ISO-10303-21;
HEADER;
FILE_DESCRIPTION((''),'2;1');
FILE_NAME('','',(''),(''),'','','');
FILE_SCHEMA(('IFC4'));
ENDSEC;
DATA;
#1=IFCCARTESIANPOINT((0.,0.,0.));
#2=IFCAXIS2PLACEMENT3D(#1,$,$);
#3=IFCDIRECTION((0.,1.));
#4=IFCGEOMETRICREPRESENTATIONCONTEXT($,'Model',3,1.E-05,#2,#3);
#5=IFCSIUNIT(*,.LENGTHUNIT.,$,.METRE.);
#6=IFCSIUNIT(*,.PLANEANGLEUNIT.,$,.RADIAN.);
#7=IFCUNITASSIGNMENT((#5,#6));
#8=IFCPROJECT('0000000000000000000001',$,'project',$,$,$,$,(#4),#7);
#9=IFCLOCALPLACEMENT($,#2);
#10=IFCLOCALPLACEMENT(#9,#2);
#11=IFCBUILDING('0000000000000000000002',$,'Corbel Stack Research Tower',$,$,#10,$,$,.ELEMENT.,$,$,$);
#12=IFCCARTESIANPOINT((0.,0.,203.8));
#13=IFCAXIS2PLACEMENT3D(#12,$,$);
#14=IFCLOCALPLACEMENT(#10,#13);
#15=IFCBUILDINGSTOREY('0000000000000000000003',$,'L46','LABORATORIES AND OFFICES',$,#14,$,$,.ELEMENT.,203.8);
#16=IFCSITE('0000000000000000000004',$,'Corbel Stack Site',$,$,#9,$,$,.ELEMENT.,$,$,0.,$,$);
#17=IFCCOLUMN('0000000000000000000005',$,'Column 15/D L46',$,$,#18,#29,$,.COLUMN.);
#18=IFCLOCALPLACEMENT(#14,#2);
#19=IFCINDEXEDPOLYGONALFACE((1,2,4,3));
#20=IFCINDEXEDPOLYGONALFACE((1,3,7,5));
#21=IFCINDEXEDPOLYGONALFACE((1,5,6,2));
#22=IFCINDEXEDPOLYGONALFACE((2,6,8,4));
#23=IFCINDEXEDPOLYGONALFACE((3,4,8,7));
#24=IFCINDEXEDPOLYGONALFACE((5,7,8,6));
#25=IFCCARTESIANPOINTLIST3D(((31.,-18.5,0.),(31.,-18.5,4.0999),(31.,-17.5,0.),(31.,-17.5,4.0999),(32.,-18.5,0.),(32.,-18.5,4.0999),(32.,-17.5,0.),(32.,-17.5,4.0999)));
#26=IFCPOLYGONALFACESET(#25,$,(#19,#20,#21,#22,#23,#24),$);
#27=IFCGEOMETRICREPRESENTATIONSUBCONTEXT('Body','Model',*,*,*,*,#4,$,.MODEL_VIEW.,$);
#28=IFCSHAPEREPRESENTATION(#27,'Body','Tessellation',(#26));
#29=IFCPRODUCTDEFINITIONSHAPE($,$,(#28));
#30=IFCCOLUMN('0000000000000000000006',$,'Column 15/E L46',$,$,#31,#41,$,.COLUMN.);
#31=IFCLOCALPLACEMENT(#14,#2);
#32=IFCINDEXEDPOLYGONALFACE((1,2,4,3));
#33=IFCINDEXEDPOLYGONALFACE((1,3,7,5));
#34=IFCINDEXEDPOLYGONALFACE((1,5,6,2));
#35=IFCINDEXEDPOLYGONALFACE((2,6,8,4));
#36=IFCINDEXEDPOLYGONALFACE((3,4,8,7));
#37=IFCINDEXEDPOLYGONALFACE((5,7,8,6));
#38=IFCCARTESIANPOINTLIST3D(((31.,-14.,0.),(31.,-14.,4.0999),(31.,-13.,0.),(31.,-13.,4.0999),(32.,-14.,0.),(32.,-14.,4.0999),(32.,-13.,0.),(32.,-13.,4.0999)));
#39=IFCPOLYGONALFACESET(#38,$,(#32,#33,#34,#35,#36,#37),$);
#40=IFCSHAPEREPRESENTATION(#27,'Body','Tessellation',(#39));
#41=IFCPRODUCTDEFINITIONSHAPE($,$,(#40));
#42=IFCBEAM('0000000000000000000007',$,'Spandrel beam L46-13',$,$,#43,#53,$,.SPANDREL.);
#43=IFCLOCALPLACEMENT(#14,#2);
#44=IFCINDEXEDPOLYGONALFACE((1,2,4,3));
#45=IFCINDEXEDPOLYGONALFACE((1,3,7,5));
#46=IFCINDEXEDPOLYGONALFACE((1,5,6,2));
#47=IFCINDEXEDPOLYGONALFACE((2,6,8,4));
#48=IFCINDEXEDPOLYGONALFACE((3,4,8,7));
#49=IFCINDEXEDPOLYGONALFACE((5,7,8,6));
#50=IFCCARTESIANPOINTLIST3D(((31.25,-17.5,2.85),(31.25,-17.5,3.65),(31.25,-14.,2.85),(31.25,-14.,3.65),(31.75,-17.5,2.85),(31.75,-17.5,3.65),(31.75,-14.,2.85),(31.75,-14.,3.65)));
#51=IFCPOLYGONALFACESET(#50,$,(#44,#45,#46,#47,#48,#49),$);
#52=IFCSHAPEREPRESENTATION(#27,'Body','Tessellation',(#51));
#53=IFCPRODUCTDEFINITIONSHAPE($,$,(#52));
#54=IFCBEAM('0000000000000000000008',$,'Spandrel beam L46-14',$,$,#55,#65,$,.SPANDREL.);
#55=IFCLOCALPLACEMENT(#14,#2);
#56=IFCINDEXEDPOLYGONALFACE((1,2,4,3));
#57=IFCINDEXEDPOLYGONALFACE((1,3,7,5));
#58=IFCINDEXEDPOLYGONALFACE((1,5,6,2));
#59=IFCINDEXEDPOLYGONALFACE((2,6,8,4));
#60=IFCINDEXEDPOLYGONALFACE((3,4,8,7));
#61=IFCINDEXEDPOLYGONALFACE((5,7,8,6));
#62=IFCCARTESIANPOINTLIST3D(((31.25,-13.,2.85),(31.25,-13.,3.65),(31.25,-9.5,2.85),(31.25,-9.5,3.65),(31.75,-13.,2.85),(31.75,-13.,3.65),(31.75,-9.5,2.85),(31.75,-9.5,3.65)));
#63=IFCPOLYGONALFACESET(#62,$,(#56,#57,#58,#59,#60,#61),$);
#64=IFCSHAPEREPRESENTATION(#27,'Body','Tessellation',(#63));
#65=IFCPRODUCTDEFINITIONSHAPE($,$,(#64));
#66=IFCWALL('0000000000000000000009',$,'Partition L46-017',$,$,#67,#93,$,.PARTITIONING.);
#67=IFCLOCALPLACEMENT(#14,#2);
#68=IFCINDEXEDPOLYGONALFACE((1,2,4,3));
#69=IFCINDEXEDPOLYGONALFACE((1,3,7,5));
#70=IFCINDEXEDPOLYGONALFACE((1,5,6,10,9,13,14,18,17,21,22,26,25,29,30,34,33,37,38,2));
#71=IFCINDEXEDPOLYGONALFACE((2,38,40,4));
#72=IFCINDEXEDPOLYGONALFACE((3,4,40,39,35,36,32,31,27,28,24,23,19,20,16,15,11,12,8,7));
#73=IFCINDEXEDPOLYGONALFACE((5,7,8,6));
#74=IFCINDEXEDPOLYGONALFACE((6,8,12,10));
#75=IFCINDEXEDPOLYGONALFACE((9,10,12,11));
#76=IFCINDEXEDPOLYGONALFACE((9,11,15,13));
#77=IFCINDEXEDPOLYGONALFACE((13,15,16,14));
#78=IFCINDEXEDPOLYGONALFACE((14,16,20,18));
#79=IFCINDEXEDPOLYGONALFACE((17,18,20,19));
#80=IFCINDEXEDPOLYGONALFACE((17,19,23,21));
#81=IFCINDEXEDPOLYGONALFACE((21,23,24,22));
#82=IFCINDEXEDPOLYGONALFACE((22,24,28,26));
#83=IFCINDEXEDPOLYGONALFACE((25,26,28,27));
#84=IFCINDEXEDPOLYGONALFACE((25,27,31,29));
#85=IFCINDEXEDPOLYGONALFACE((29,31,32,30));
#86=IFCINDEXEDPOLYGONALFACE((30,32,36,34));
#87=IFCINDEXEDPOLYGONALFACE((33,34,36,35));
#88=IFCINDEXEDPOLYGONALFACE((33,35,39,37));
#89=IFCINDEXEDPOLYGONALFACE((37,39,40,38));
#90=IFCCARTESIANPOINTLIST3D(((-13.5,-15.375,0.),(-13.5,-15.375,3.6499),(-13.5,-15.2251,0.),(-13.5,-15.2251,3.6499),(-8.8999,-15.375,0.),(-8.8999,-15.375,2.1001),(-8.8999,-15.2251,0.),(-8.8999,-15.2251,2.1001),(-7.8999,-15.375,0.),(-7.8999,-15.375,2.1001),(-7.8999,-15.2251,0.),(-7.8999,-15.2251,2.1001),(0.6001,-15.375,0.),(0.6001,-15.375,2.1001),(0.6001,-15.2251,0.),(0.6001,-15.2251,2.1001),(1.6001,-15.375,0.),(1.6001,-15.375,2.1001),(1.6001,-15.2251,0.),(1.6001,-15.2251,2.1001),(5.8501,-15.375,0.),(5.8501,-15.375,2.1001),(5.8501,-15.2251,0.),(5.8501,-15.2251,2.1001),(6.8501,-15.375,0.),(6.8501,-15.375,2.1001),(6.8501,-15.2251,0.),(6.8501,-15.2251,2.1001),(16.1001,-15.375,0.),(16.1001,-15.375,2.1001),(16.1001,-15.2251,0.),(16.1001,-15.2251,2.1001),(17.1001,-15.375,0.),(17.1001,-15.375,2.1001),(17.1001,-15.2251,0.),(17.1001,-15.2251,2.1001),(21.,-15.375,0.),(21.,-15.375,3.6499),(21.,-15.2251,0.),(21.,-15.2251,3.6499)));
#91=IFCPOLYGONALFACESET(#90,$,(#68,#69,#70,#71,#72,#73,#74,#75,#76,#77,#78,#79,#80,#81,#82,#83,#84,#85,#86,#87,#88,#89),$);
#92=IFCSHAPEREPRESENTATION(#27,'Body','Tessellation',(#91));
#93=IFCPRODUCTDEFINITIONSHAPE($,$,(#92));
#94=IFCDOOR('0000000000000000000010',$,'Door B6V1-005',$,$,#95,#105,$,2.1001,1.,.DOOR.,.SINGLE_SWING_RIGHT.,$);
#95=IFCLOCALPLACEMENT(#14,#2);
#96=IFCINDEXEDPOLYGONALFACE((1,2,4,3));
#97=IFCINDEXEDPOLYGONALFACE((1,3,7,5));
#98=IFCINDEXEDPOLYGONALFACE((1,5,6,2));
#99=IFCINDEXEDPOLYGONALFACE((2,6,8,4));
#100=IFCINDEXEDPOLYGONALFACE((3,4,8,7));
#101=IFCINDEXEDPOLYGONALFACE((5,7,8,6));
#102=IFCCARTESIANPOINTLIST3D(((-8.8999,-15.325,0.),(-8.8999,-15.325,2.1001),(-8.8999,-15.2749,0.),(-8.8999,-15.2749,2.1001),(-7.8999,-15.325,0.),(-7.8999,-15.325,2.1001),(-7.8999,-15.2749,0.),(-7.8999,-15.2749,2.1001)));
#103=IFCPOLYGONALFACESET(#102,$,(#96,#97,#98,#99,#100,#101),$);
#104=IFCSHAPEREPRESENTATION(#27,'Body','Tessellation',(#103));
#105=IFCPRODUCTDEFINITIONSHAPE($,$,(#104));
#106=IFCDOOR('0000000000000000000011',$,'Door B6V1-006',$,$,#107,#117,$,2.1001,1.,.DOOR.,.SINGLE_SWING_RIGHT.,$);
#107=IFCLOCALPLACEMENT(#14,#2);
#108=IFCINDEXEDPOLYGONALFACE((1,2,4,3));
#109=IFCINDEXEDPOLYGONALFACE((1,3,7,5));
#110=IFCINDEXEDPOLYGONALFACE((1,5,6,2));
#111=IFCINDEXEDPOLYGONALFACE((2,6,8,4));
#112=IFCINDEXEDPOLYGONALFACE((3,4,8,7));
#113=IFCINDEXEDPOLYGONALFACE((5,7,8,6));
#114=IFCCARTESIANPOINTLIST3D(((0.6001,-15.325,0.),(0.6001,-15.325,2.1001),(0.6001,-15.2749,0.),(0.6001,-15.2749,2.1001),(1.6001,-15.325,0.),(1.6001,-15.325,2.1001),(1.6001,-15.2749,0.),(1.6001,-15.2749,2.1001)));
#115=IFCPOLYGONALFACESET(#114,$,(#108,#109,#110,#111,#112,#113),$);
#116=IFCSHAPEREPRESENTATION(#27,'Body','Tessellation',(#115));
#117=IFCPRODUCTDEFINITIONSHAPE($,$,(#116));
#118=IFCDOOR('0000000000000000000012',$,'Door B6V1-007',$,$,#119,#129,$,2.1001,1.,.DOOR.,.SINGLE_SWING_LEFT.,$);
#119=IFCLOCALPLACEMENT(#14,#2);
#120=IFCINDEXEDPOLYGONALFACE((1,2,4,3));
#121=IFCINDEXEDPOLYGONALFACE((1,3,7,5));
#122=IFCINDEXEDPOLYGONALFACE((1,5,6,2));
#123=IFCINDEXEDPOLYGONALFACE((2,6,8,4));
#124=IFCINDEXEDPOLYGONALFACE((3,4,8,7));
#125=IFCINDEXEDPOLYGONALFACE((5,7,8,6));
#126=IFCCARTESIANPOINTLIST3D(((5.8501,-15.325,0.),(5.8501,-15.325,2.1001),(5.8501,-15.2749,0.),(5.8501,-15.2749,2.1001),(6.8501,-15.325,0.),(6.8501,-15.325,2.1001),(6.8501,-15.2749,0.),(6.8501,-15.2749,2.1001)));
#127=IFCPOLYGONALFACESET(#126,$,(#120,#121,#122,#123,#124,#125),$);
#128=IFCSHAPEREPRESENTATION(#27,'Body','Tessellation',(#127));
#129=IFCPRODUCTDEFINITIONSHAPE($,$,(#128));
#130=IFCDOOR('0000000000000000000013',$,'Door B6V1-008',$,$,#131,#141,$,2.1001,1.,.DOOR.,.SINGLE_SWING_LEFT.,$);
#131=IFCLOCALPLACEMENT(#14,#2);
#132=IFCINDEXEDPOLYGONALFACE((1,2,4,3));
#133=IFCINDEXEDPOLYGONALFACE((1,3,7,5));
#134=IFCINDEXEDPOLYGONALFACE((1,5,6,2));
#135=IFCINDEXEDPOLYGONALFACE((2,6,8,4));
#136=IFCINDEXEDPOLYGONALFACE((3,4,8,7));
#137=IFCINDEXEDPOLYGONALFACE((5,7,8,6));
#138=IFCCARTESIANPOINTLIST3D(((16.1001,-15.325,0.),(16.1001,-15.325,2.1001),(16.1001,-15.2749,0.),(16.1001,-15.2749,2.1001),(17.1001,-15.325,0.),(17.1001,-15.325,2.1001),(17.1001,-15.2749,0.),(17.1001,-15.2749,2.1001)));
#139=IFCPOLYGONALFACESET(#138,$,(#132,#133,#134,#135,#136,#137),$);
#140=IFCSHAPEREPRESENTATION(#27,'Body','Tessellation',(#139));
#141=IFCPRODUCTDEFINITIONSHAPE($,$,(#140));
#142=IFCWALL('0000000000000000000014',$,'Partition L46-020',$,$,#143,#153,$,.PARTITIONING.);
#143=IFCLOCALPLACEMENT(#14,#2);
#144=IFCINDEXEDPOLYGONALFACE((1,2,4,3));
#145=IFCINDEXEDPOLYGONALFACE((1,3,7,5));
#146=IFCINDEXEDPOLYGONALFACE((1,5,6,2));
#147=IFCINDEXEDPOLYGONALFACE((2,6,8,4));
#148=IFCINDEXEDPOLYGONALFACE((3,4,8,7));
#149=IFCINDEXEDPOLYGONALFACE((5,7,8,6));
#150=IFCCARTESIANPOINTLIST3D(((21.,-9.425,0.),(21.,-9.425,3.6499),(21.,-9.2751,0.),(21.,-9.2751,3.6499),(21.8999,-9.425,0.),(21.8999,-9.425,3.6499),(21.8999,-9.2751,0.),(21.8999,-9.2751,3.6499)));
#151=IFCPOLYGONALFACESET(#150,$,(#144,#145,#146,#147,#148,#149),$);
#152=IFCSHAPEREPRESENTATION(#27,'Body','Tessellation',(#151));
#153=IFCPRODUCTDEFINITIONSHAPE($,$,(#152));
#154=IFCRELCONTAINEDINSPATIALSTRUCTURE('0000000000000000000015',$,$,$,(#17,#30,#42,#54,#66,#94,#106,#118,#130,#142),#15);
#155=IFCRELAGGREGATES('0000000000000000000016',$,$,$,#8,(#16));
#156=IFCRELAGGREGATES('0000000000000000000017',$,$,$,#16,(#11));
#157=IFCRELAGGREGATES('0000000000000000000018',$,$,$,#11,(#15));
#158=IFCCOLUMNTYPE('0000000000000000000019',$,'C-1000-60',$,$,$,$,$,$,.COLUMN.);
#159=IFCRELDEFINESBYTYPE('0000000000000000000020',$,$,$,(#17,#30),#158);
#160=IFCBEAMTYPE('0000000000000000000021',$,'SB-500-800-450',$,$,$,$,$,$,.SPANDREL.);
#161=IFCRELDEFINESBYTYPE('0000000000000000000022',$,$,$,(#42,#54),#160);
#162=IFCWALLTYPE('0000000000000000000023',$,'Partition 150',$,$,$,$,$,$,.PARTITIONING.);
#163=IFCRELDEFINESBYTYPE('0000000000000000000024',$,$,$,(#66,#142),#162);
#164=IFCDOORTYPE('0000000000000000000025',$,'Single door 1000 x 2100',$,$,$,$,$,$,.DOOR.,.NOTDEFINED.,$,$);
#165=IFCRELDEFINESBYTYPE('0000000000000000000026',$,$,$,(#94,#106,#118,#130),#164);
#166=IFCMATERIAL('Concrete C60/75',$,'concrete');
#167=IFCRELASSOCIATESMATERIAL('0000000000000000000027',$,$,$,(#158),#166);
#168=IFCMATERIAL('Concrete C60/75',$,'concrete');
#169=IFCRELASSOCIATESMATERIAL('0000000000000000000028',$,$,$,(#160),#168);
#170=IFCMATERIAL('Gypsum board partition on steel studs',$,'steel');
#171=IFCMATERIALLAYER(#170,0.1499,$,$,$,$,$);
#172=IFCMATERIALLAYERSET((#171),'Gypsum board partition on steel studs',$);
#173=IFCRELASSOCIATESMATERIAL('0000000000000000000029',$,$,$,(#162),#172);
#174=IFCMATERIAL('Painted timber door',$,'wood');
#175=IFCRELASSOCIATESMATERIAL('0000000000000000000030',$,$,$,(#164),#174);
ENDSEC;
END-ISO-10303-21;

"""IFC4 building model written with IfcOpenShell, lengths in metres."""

from ifc_helpers import new_model, si_unit, direction, frame, frame_2d, origin, origin_2d, place, context, subcontext, project, spatial, rectangle, extrude, material, layer, layer_set, material_profile, profile_set, type_object, element, fill, save


model = new_model("IFC4")

# Units and contexts
model_context = context("Model", 3, precision=1e-05, world=origin(), true_north=direction((0.0, 1.0)))
body_context = subcontext(model_context, "Body", "Model", "MODEL_VIEW")
ifc_project = project(units=[si_unit("LENGTHUNIT", "METRE"), si_unit("PLANEANGLEUNIT", "RADIAN")], contexts=[model_context])

# Site, building, storey
site_placement = place(None, origin())
site = spatial("IfcSite", under=ifc_project, at=site_placement, Name="Corbel Stack Site", CompositionType="ELEMENT", RefElevation=0.0)
building_placement = place(site_placement, origin())
building = spatial("IfcBuilding", under=site, at=building_placement, Name="Corbel Stack Research Tower", CompositionType="ELEMENT")
storey_placement = place(building_placement, frame((0.0, 0.0, 203.8)))
storey = spatial("IfcBuildingStorey", under=building, at=storey_placement, Name="L46", Description="LABORATORIES AND OFFICES", CompositionType="ELEMENT", Elevation=203.8)

# Columns
ifc_material_1 = material(Name="Concrete C60/75", Category="concrete")
ifc_material_profile_1 = material_profile(ifc_material_1, rectangle(XDim=1.0, YDim=1.0, at=origin_2d()), Name="RC 1000 x 1000")
ifc_profile_set_1 = profile_set([ifc_material_profile_1], Name="Concrete C60/75")
column_type = type_object("IfcColumnType", Name="C-1000-60", PredefinedType="COLUMN", material=ifc_profile_set_1)
for number, where, z_axis, x_axis, name in (
    (1, (31.5, -18.0, 0.0), (0.0, 0.0, 1.0), (1.0, 0.0, 0.0), "Column 15/D L46"),
    (2, (31.5, -13.5, 0.0), (0.0, 0.0, 1.0), (1.0, 0.0, 0.0), "Column 15/E L46"),
):
    element("IfcColumn", number, at=place(storey_placement, frame(where, z_axis=z_axis, x_axis=x_axis)), inside=storey, type_object=column_type, Name=name, PredefinedType="COLUMN", context=body_context, shape_type="SweptSolid", body=[
        extrude(rectangle(XDim=1.0, YDim=1.0, at=origin_2d()), origin(), (0.0, 0.0, 1.0), 4.0999),
    ])

# Beams
ifc_material_2 = material(Name="Concrete C60/75", Category="concrete")
ifc_material_profile_2 = material_profile(ifc_material_2, rectangle(XDim=0.5, YDim=0.8, at=origin_2d()), Name="RC 500 x 800")
ifc_profile_set_2 = profile_set([ifc_material_profile_2], Name="Concrete C60/75")
beam_type = type_object("IfcBeamType", Name="SB-500-800-450", PredefinedType="SPANDREL", material=ifc_profile_set_2)
for number, where, z_axis, x_axis, name in (
    (3, (31.5, -17.5, 3.25), (0.0, 1.0, 0.0), (-1.0, 0.0, 0.0), "Spandrel beam L46-13"),
    (4, (31.5, -13.0, 3.25), (0.0, 1.0, 0.0), (-1.0, 0.0, 0.0), "Spandrel beam L46-14"),
):
    element("IfcBeam", number, at=place(storey_placement, frame(where, z_axis=z_axis, x_axis=x_axis)), inside=storey, type_object=beam_type, Name=name, PredefinedType="SPANDREL", context=body_context, shape_type="SweptSolid", body=[
        extrude(rectangle(XDim=0.5, YDim=0.8, at=origin_2d()), origin(), (0.0, 0.0, 1.0), 3.5),
    ])

# Wall, openings, doors
ifc_material_3 = material(Name="Gypsum board partition on steel studs", Category="steel")
ifc_layer_1 = layer(ifc_material_3, 0.1499)
ifc_layer_set_1 = layer_set([ifc_layer_1], Name="Gypsum board partition on steel studs")
wall_type_1 = type_object("IfcWallType", Name="Partition 150", PredefinedType="PARTITIONING", material=ifc_layer_set_1)
wall_1_placement = place(storey_placement, frame((21.0, -15.3, 0.0), z_axis=(0.0, 0.0, 1.0), x_axis=(-1.0, 0.0, 0.0)))
wall_1 = element("IfcWall", 5, at=wall_1_placement, inside=storey, type_object=wall_type_1, Name="Partition L46-017", PredefinedType="PARTITIONING", context=body_context, shape_type="SweptSolid", body=[
    extrude(rectangle(XDim=34.5, YDim=0.1499, at=frame_2d((17.25, 0.0))), origin(), (0.0, 0.0, 1.0), 3.6499),
])
opening_1_placement = place(wall_1_placement, frame((28.8999, 0.0, 0.0)))
opening_1 = element("IfcOpeningElement", 6, at=opening_1_placement, cuts=wall_1, PredefinedType="OPENING", context=body_context, shape_type="SweptSolid", body=[
    extrude(rectangle(XDim=1.0, YDim=2.1001, at=frame_2d((0.5, 1.05))), frame((0.0, 0.085, 0.0), z_axis=(0.0, -1.0, 0.0), x_axis=(1.0, 0.0, 0.0)), (0.0, 0.0, 1.0), 0.1699),
])
opening_2_placement = place(wall_1_placement, frame((19.3999, 0.0, 0.0)))
opening_2 = element("IfcOpeningElement", 7, at=opening_2_placement, cuts=wall_1, PredefinedType="OPENING", context=body_context, shape_type="SweptSolid", body=[
    extrude(rectangle(XDim=1.0, YDim=2.1001, at=frame_2d((0.5, 1.05))), frame((0.0, 0.085, 0.0), z_axis=(0.0, -1.0, 0.0), x_axis=(1.0, 0.0, 0.0)), (0.0, 0.0, 1.0), 0.1699),
])
opening_3_placement = place(wall_1_placement, frame((14.1499, 0.0, 0.0)))
opening_3 = element("IfcOpeningElement", 8, at=opening_3_placement, cuts=wall_1, PredefinedType="OPENING", context=body_context, shape_type="SweptSolid", body=[
    extrude(rectangle(XDim=1.0, YDim=2.1001, at=frame_2d((0.5, 1.05))), frame((0.0, 0.085, 0.0), z_axis=(0.0, -1.0, 0.0), x_axis=(1.0, 0.0, 0.0)), (0.0, 0.0, 1.0), 0.1699),
])
opening_4_placement = place(wall_1_placement, frame((3.8999, 0.0, 0.0)))
opening_4 = element("IfcOpeningElement", 9, at=opening_4_placement, cuts=wall_1, PredefinedType="OPENING", context=body_context, shape_type="SweptSolid", body=[
    extrude(rectangle(XDim=1.0, YDim=2.1001, at=frame_2d((0.5, 1.05))), frame((0.0, 0.085, 0.0), z_axis=(0.0, -1.0, 0.0), x_axis=(1.0, 0.0, 0.0)), (0.0, 0.0, 1.0), 0.1699),
])
ifc_material_4 = material(Name="Painted timber door", Category="wood")
door_type_1 = type_object("IfcDoorType", Name="Single door 1000 x 2100", OperationType="NOTDEFINED", PredefinedType="DOOR", material=ifc_material_4)
door_1_placement = place(opening_1_placement, origin())
door_1 = element("IfcDoor", 10, at=door_1_placement, inside=storey, type_object=door_type_1, Name="Door B6V1-005", OperationType="SINGLE_SWING_RIGHT", OverallHeight=2.1001, OverallWidth=1.0, PredefinedType="DOOR", context=body_context, shape_type="SweptSolid", body=[
    extrude(rectangle(XDim=1.0, YDim=2.1001, at=frame_2d((0.5, 1.05))), frame((0.0, 0.0249, 0.0), z_axis=(0.0, -1.0, 0.0), x_axis=(1.0, 0.0, 0.0)), (0.0, 0.0, 1.0), 0.05),
])
fill(opening_1, door_1)
door_2_placement = place(opening_2_placement, origin())
door_2 = element("IfcDoor", 11, at=door_2_placement, inside=storey, type_object=door_type_1, Name="Door B6V1-006", OperationType="SINGLE_SWING_RIGHT", OverallHeight=2.1001, OverallWidth=1.0, PredefinedType="DOOR", context=body_context, shape_type="SweptSolid", body=[
    extrude(rectangle(XDim=1.0, YDim=2.1001, at=frame_2d((0.5, 1.05))), frame((0.0, 0.0249, 0.0), z_axis=(0.0, -1.0, 0.0), x_axis=(1.0, 0.0, 0.0)), (0.0, 0.0, 1.0), 0.05),
])
fill(opening_2, door_2)
door_3_placement = place(opening_3_placement, origin())
door_3 = element("IfcDoor", 12, at=door_3_placement, inside=storey, type_object=door_type_1, Name="Door B6V1-007", OperationType="SINGLE_SWING_LEFT", OverallHeight=2.1001, OverallWidth=1.0, PredefinedType="DOOR", context=body_context, shape_type="SweptSolid", body=[
    extrude(rectangle(XDim=1.0, YDim=2.1001, at=frame_2d((0.5, 1.05))), frame((0.0, 0.0249, 0.0), z_axis=(0.0, -1.0, 0.0), x_axis=(1.0, 0.0, 0.0)), (0.0, 0.0, 1.0), 0.05),
])
fill(opening_3, door_3)
door_4_placement = place(opening_4_placement, origin())
door_4 = element("IfcDoor", 13, at=door_4_placement, inside=storey, type_object=door_type_1, Name="Door B6V1-008", OperationType="SINGLE_SWING_LEFT", OverallHeight=2.1001, OverallWidth=1.0, PredefinedType="DOOR", context=body_context, shape_type="SweptSolid", body=[
    extrude(rectangle(XDim=1.0, YDim=2.1001, at=frame_2d((0.5, 1.05))), frame((0.0, 0.0249, 0.0), z_axis=(0.0, -1.0, 0.0), x_axis=(1.0, 0.0, 0.0)), (0.0, 0.0, 1.0), 0.05),
])
fill(opening_4, door_4)

# Wall
wall_2_placement = place(storey_placement, frame((21.0, -9.3501, 0.0), z_axis=(0.0, 0.0, 1.0), x_axis=(1.0, 0.0, 0.0)))
element("IfcWall", 14, at=wall_2_placement, inside=storey, type_object=wall_type_1, Name="Partition L46-020", PredefinedType="PARTITIONING", context=body_context, shape_type="SweptSolid", body=[
    extrude(rectangle(XDim=0.8999, YDim=0.1499, at=frame_2d((0.45, 0.0))), origin(), (0.0, 0.0, 1.0), 3.6499),
])

save(model, "model.ifc")
